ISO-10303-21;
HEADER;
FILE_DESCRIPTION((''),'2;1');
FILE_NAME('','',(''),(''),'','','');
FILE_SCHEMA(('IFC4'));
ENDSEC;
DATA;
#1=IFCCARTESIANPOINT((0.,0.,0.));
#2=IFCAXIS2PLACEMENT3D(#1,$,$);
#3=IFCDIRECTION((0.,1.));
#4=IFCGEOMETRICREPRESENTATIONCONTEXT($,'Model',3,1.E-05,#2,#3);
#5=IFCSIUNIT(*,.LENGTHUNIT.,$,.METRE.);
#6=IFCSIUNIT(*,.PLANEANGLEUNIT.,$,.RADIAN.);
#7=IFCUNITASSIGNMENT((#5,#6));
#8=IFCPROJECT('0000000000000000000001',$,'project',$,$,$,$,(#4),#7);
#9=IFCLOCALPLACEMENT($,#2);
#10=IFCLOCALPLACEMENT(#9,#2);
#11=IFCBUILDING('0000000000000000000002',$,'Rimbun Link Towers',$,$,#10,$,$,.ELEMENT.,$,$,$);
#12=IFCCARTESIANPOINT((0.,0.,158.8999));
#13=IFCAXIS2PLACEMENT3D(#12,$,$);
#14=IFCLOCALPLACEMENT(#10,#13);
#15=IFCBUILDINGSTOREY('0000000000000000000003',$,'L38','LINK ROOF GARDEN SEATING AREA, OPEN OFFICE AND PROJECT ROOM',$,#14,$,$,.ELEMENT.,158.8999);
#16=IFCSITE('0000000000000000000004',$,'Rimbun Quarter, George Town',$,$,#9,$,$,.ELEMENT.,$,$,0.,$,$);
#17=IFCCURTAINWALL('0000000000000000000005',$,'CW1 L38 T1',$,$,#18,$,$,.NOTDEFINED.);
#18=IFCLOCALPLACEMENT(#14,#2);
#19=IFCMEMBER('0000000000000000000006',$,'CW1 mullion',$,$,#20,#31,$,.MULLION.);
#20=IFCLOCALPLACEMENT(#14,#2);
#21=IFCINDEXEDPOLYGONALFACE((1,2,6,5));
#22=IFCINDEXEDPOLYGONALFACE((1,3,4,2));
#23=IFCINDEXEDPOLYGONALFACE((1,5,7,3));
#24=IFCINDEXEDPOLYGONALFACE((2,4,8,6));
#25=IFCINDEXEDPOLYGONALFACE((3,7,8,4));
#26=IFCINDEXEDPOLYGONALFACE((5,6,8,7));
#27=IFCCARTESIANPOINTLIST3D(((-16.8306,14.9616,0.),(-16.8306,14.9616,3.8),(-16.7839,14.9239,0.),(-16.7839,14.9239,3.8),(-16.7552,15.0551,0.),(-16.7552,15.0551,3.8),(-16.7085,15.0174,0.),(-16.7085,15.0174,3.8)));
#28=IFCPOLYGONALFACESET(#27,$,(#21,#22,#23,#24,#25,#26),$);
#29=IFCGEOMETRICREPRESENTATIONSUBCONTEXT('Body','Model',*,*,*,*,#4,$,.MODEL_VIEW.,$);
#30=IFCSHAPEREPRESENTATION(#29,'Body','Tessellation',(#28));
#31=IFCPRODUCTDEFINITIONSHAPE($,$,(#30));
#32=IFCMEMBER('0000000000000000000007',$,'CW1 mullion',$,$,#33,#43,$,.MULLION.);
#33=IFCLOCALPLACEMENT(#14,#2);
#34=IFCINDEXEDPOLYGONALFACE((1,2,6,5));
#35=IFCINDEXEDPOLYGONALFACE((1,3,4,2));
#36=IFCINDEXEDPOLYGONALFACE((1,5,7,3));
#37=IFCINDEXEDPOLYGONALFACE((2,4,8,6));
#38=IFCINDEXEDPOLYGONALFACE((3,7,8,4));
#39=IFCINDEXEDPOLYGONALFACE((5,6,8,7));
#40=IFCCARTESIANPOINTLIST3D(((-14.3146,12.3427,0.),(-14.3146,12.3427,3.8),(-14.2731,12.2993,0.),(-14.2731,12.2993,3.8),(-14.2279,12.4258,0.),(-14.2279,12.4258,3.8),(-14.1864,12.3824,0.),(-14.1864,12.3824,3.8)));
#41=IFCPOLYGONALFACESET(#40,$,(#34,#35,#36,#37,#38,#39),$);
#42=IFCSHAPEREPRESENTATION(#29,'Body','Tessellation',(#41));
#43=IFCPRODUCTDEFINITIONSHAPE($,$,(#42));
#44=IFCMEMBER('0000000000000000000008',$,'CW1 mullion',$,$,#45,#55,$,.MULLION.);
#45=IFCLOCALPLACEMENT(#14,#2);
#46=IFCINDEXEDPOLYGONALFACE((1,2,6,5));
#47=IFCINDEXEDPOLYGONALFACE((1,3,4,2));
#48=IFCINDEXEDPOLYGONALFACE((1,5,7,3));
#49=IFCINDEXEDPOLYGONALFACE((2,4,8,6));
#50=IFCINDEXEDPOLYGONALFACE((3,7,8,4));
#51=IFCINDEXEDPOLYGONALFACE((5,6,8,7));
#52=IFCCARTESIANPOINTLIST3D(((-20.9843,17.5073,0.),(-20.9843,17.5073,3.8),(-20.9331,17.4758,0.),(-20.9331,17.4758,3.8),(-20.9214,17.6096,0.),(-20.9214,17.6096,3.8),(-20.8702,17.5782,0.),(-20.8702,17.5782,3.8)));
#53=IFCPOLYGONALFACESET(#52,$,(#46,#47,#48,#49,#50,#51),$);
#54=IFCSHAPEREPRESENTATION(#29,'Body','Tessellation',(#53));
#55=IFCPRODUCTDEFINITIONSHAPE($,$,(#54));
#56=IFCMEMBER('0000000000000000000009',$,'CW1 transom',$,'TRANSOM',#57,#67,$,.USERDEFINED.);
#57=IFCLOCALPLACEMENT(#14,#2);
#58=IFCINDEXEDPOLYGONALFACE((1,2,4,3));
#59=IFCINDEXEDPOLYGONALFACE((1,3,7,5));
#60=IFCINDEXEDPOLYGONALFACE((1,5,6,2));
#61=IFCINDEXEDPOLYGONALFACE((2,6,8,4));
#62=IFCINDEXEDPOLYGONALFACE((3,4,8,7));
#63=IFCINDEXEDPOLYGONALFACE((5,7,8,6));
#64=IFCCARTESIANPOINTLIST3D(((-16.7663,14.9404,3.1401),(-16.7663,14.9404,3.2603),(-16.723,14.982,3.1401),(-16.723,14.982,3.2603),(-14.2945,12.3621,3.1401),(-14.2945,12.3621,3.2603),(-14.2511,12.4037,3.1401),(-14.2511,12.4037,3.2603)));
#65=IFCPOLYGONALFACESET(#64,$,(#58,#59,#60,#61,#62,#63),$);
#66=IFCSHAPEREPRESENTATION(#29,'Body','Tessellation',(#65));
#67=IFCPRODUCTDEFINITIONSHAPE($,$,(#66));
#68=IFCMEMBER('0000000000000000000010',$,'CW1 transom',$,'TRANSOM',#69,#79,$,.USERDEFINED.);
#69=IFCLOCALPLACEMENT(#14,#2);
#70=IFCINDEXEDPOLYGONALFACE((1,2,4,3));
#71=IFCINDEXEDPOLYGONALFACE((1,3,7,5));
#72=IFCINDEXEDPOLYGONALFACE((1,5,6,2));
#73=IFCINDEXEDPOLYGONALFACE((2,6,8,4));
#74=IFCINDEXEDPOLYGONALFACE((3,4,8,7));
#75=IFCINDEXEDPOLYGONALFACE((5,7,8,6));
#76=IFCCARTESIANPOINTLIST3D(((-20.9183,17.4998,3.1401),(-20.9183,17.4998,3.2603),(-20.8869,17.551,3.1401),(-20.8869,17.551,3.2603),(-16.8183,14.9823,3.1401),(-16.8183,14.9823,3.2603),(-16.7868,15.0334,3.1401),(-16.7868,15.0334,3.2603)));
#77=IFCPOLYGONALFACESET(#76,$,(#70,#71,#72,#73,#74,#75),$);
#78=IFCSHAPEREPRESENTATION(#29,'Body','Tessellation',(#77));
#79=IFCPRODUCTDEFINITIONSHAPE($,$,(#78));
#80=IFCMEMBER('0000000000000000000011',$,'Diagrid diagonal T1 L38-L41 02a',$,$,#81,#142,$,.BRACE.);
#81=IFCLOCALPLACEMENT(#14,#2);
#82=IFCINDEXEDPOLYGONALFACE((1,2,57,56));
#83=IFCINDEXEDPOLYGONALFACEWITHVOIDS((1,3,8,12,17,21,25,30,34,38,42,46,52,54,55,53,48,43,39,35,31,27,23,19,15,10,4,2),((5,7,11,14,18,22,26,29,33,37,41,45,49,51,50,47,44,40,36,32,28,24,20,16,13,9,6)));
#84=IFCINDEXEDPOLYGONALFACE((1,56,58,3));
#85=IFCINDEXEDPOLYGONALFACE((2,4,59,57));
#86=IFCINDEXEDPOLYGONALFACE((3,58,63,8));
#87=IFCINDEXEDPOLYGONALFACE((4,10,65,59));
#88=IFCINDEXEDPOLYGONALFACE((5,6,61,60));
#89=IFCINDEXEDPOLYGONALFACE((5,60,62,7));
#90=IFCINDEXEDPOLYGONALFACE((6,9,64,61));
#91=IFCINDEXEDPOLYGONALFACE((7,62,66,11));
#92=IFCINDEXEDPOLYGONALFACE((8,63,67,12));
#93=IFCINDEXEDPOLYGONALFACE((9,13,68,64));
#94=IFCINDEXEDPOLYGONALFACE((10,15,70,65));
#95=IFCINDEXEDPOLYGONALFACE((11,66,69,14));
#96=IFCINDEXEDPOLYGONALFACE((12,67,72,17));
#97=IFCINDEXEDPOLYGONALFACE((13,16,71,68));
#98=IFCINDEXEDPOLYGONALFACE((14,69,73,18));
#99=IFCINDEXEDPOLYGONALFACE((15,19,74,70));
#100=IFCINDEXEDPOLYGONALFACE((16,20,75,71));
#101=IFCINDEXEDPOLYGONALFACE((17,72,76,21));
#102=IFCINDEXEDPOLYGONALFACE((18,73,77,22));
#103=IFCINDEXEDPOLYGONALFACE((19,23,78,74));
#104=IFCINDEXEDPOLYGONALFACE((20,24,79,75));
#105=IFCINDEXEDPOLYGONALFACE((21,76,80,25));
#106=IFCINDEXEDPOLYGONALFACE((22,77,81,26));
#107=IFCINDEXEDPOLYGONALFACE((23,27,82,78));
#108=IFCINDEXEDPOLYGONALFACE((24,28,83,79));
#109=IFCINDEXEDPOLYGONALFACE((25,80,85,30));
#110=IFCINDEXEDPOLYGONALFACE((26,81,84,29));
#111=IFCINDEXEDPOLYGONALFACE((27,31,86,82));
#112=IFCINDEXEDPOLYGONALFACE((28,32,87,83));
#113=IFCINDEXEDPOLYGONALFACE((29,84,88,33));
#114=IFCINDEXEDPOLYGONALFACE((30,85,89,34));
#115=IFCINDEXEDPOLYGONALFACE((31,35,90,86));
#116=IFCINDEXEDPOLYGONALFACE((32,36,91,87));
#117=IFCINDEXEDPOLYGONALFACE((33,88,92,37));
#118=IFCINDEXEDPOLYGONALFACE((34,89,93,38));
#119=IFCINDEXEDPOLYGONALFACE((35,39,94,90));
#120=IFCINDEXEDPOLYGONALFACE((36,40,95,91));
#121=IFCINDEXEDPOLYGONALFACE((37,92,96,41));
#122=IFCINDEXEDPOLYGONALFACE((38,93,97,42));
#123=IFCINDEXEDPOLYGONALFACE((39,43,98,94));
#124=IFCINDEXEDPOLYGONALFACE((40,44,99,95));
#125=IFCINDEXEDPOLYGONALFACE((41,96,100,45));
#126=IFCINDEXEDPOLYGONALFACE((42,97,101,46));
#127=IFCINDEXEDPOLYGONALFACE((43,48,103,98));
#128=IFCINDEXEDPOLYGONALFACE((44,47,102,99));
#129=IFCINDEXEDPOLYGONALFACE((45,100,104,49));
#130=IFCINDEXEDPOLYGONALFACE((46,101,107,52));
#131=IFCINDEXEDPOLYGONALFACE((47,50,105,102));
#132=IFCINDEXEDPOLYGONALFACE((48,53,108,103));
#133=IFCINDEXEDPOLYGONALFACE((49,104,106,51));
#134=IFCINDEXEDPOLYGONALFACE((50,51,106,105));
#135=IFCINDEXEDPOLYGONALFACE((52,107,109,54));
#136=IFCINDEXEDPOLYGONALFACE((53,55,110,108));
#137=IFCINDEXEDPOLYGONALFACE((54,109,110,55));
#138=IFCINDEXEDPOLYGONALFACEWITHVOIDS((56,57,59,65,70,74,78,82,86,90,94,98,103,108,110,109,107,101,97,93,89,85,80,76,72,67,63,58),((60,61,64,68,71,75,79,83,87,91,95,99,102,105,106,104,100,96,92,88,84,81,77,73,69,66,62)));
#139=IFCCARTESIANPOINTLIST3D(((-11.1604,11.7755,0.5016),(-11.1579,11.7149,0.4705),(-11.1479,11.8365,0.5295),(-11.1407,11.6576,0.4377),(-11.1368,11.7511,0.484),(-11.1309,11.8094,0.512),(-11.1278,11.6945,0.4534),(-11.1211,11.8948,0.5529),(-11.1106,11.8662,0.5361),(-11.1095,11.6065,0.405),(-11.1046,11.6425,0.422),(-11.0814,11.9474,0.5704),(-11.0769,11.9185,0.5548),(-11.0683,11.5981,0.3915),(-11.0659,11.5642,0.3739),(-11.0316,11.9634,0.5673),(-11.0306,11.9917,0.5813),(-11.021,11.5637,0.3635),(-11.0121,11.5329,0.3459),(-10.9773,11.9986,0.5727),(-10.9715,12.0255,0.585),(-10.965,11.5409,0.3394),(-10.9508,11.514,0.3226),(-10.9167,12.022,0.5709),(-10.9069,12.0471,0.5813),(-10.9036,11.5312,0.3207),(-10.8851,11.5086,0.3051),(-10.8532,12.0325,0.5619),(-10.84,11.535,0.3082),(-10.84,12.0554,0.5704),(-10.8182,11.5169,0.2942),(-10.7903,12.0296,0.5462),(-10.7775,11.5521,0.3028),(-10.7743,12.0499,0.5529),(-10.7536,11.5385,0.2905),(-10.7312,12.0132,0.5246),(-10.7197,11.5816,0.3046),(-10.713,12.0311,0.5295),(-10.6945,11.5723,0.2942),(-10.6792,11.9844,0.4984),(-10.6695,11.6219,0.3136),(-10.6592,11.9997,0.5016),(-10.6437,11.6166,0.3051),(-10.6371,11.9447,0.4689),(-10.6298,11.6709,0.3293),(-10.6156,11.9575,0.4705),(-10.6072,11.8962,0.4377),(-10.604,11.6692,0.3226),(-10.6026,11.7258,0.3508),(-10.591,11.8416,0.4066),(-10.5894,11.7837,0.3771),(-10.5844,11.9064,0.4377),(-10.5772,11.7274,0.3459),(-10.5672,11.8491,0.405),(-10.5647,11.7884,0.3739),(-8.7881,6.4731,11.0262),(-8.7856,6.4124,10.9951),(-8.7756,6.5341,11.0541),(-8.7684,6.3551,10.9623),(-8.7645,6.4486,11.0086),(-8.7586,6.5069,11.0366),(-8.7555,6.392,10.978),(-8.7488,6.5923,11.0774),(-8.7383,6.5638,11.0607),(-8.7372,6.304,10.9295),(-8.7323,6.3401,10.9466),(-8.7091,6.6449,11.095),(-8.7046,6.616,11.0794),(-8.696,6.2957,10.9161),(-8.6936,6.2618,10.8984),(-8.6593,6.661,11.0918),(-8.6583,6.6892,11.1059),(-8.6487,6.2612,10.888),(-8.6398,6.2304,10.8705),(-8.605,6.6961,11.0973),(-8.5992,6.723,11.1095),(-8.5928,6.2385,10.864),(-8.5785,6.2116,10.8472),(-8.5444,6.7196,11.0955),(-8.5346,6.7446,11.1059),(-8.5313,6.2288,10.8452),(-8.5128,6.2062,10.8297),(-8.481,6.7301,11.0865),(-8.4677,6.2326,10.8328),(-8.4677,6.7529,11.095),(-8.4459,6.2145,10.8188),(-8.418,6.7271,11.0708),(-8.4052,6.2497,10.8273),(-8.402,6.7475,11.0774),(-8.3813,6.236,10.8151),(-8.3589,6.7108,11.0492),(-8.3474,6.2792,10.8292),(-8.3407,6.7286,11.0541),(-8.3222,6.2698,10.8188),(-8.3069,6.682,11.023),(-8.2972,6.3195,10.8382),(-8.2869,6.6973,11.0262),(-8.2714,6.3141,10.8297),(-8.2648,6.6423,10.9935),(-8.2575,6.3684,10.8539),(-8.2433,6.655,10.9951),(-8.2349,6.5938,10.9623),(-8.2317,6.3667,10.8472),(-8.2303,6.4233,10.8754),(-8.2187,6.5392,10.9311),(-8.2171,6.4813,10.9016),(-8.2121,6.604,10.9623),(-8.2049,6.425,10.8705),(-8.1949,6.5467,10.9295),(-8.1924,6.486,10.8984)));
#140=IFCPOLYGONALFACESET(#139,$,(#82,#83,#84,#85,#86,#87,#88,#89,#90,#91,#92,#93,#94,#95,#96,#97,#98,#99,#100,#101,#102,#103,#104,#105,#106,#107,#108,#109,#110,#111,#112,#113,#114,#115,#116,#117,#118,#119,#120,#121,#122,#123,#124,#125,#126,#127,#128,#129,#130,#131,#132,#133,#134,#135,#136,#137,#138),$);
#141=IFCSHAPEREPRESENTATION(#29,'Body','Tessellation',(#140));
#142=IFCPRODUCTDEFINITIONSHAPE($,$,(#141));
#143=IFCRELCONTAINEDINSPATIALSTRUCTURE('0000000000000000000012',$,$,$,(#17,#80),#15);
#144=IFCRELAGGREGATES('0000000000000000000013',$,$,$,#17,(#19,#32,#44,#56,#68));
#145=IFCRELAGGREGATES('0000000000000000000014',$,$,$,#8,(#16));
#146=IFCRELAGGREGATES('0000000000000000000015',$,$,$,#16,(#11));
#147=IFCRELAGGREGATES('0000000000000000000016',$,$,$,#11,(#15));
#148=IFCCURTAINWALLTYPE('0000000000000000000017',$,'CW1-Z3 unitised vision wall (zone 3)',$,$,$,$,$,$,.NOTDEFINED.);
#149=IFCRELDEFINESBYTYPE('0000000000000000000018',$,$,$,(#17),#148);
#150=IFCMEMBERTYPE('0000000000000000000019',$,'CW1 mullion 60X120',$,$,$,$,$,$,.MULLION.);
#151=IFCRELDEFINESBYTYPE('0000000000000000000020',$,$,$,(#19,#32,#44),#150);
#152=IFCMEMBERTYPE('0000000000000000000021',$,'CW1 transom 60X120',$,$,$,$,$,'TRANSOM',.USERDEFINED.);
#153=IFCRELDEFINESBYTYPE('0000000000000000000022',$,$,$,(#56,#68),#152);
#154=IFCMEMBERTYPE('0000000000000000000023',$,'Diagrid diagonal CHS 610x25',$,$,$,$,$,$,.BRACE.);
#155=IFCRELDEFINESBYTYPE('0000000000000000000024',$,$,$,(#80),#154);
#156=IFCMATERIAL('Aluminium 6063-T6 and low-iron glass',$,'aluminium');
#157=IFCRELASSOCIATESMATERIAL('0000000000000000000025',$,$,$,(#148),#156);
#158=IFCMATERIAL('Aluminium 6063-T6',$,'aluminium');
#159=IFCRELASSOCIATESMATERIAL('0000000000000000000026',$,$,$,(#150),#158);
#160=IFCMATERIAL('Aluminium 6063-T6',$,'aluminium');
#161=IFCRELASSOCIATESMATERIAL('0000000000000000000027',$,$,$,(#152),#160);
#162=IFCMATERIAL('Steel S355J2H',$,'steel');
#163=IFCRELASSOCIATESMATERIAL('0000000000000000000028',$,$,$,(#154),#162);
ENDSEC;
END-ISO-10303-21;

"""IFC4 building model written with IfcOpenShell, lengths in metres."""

from ifc_helpers import new_model, si_unit, direction, frame, origin, origin_2d, place, context, subcontext, project, spatial, rectangle, hollow_circle, extrude, material, material_profile, profile_set, type_object, element, aggregate, save


model = new_model("IFC4")

# Units and contexts
model_context = context("Model", 3, precision=1e-05, world=origin(), true_north=direction((0.0, 1.0)))
body_context = subcontext(model_context, "Body", "Model", "MODEL_VIEW")
ifc_project = project(units=[si_unit("LENGTHUNIT", "METRE"), si_unit("PLANEANGLEUNIT", "RADIAN")], contexts=[model_context])

# Site, building, storey
site_placement = place(None, origin())
site = spatial("IfcSite", under=ifc_project, at=site_placement, Name="Rimbun Quarter, George Town", CompositionType="ELEMENT", RefElevation=0.0)
building_placement = place(site_placement, origin())
building = spatial("IfcBuilding", under=site, at=building_placement, Name="Rimbun Link Towers", CompositionType="ELEMENT")
storey_placement = place(building_placement, frame((0.0, 0.0, 158.8999)))
storey = spatial("IfcBuildingStorey", under=building, at=storey_placement, Name="L38", Description="LINK ROOF GARDEN SEATING AREA, OPEN OFFICE AND PROJECT ROOM", CompositionType="ELEMENT", Elevation=158.8999)

# Curtain wall, members
ifc_material_1 = material(Name="Aluminium 6063-T6 and low-iron glass", Category="aluminium")
curtain_wall_type = type_object("IfcCurtainWallType", Name="CW1-Z3 unitised vision wall (zone 3)", PredefinedType="NOTDEFINED", material=ifc_material_1)
curtain_wall_placement = place(storey_placement, origin())
curtain_wall = element("IfcCurtainWall", 1, at=curtain_wall_placement, inside=storey, type_object=curtain_wall_type, Name="CW1 L38 T1", PredefinedType="NOTDEFINED")
ifc_material_2 = material(Name="Aluminium 6063-T6", Category="aluminium")
ifc_material_profile_1 = material_profile(ifc_material_2, rectangle(XDim=0.1201, YDim=0.0601, at=origin_2d()), Name="MULLION 60X120")
ifc_profile_set_1 = profile_set([ifc_material_profile_1], Name="Aluminium 6063-T6")
member_type_1 = type_object("IfcMemberType", Name="CW1 mullion 60X120", PredefinedType="MULLION", material=ifc_profile_set_1)
member_1_placement = place(storey_placement, frame((-16.7695, 14.9895, 0.0), z_axis=(0.0, 0.0, 1.0), x_axis=(0.627676, 0.778475, 0.0)))
member_1 = element("IfcMember", 2, at=member_1_placement, type_object=member_type_1, Name="CW1 mullion", PredefinedType="MULLION", context=body_context, shape_type="SweptSolid", body=[
    extrude(rectangle(XDim=0.1201, YDim=0.0601, at=origin_2d()), origin(), (0.0, 0.0, 1.0), 3.8),
])
member_2_placement = place(storey_placement, frame((-14.2505, 12.3625, 0.0), z_axis=(0.0, 0.0, 1.0), x_axis=(0.721847, 0.692052, 0.0)))
member_2 = element("IfcMember", 3, at=member_2_placement, type_object=member_type_1, Name="CW1 mullion", PredefinedType="MULLION", context=body_context, shape_type="SweptSolid", body=[
    extrude(rectangle(XDim=0.1201, YDim=0.0601, at=origin_2d()), origin(), (0.0, 0.0, 1.0), 3.8),
])
member_3_placement = place(storey_placement, frame((-20.9272, 17.5427, 0.0), z_axis=(0.0, 0.0, 1.0), x_axis=(0.52325, 0.852179, 0.0)))
member_3 = element("IfcMember", 4, at=member_3_placement, type_object=member_type_1, Name="CW1 mullion", PredefinedType="MULLION", context=body_context, shape_type="SweptSolid", body=[
    extrude(rectangle(XDim=0.1201, YDim=0.0601, at=origin_2d()), origin(), (0.0, 0.0, 1.0), 3.8),
])
ifc_material_3 = material(Name="Aluminium 6063-T6", Category="aluminium")
ifc_material_profile_2 = material_profile(ifc_material_3, rectangle(XDim=0.0601, YDim=0.1201, at=origin_2d()), Name="TRANSOM 60X120")
ifc_profile_set_2 = profile_set([ifc_material_profile_2], Name="Aluminium 6063-T6")
member_type_2 = type_object("IfcMemberType", Name="CW1 transom 60X120", ElementType="TRANSOM", PredefinedType="USERDEFINED", material=ifc_profile_set_2)
member_4_placement = place(storey_placement, frame((-16.7446, 14.9612, 3.2002), z_axis=(0.692049, -0.72185, 0.0), x_axis=(0.72185, 0.692049, 0.0)))
member_4 = element("IfcMember", 5, at=member_4_placement, type_object=member_type_2, Name="CW1 transom", ObjectType="TRANSOM", PredefinedType="USERDEFINED", context=body_context, shape_type="SweptSolid", body=[
    extrude(rectangle(XDim=0.0601, YDim=0.1201, at=origin_2d()), origin(), (0.0, 0.0, 1.0), 3.5718),
])
member_5_placement = place(storey_placement, frame((-20.9026, 17.5254, 3.2002), z_axis=(0.852174, -0.523259, 0.0), x_axis=(0.523259, 0.852174, 0.0)))
member_5 = element("IfcMember", 6, at=member_5_placement, type_object=member_type_2, Name="CW1 transom", ObjectType="TRANSOM", PredefinedType="USERDEFINED", context=body_context, shape_type="SweptSolid", body=[
    extrude(rectangle(XDim=0.0601, YDim=0.1201, at=origin_2d()), origin(), (0.0, 0.0, 1.0), 4.8113),
])

# Member
ifc_material_4 = material(Name="Steel S355J2H", Category="steel")
ifc_material_profile_3 = material_profile(ifc_material_4, hollow_circle(Radius=0.3047, WallThickness=0.0249, at=origin_2d()), Name="Diagrid diagonal CHS 610x25")
ifc_profile_set_3 = profile_set([ifc_material_profile_3], Name="Steel S355J2H")
member_type_3 = type_object("IfcMemberType", Name="Diagrid diagonal CHS 610x25", PredefinedType="BRACE", material=ifc_profile_set_3)
member_6_placement = place(storey_placement, frame((-10.8625, 11.782, 0.4377), z_axis=(0.197342, -0.44109, 0.875498), x_axis=(0.912809, 0.408387, 0.0)))
element("IfcMember", 7, at=member_6_placement, inside=storey, type_object=member_type_3, Name="Diagrid diagonal T1 L38-L41 02a", PredefinedType="BRACE", context=body_context, shape_type="SweptSolid", body=[
    extrude(hollow_circle(Radius=0.3047, WallThickness=0.0249, at=origin_2d()), origin(), (0.0, 0.0, 1.0), 12.0212),
])

aggregate(curtain_wall, [member_1, member_2, member_3, member_4, member_5])

save(model, "model.ifc")
